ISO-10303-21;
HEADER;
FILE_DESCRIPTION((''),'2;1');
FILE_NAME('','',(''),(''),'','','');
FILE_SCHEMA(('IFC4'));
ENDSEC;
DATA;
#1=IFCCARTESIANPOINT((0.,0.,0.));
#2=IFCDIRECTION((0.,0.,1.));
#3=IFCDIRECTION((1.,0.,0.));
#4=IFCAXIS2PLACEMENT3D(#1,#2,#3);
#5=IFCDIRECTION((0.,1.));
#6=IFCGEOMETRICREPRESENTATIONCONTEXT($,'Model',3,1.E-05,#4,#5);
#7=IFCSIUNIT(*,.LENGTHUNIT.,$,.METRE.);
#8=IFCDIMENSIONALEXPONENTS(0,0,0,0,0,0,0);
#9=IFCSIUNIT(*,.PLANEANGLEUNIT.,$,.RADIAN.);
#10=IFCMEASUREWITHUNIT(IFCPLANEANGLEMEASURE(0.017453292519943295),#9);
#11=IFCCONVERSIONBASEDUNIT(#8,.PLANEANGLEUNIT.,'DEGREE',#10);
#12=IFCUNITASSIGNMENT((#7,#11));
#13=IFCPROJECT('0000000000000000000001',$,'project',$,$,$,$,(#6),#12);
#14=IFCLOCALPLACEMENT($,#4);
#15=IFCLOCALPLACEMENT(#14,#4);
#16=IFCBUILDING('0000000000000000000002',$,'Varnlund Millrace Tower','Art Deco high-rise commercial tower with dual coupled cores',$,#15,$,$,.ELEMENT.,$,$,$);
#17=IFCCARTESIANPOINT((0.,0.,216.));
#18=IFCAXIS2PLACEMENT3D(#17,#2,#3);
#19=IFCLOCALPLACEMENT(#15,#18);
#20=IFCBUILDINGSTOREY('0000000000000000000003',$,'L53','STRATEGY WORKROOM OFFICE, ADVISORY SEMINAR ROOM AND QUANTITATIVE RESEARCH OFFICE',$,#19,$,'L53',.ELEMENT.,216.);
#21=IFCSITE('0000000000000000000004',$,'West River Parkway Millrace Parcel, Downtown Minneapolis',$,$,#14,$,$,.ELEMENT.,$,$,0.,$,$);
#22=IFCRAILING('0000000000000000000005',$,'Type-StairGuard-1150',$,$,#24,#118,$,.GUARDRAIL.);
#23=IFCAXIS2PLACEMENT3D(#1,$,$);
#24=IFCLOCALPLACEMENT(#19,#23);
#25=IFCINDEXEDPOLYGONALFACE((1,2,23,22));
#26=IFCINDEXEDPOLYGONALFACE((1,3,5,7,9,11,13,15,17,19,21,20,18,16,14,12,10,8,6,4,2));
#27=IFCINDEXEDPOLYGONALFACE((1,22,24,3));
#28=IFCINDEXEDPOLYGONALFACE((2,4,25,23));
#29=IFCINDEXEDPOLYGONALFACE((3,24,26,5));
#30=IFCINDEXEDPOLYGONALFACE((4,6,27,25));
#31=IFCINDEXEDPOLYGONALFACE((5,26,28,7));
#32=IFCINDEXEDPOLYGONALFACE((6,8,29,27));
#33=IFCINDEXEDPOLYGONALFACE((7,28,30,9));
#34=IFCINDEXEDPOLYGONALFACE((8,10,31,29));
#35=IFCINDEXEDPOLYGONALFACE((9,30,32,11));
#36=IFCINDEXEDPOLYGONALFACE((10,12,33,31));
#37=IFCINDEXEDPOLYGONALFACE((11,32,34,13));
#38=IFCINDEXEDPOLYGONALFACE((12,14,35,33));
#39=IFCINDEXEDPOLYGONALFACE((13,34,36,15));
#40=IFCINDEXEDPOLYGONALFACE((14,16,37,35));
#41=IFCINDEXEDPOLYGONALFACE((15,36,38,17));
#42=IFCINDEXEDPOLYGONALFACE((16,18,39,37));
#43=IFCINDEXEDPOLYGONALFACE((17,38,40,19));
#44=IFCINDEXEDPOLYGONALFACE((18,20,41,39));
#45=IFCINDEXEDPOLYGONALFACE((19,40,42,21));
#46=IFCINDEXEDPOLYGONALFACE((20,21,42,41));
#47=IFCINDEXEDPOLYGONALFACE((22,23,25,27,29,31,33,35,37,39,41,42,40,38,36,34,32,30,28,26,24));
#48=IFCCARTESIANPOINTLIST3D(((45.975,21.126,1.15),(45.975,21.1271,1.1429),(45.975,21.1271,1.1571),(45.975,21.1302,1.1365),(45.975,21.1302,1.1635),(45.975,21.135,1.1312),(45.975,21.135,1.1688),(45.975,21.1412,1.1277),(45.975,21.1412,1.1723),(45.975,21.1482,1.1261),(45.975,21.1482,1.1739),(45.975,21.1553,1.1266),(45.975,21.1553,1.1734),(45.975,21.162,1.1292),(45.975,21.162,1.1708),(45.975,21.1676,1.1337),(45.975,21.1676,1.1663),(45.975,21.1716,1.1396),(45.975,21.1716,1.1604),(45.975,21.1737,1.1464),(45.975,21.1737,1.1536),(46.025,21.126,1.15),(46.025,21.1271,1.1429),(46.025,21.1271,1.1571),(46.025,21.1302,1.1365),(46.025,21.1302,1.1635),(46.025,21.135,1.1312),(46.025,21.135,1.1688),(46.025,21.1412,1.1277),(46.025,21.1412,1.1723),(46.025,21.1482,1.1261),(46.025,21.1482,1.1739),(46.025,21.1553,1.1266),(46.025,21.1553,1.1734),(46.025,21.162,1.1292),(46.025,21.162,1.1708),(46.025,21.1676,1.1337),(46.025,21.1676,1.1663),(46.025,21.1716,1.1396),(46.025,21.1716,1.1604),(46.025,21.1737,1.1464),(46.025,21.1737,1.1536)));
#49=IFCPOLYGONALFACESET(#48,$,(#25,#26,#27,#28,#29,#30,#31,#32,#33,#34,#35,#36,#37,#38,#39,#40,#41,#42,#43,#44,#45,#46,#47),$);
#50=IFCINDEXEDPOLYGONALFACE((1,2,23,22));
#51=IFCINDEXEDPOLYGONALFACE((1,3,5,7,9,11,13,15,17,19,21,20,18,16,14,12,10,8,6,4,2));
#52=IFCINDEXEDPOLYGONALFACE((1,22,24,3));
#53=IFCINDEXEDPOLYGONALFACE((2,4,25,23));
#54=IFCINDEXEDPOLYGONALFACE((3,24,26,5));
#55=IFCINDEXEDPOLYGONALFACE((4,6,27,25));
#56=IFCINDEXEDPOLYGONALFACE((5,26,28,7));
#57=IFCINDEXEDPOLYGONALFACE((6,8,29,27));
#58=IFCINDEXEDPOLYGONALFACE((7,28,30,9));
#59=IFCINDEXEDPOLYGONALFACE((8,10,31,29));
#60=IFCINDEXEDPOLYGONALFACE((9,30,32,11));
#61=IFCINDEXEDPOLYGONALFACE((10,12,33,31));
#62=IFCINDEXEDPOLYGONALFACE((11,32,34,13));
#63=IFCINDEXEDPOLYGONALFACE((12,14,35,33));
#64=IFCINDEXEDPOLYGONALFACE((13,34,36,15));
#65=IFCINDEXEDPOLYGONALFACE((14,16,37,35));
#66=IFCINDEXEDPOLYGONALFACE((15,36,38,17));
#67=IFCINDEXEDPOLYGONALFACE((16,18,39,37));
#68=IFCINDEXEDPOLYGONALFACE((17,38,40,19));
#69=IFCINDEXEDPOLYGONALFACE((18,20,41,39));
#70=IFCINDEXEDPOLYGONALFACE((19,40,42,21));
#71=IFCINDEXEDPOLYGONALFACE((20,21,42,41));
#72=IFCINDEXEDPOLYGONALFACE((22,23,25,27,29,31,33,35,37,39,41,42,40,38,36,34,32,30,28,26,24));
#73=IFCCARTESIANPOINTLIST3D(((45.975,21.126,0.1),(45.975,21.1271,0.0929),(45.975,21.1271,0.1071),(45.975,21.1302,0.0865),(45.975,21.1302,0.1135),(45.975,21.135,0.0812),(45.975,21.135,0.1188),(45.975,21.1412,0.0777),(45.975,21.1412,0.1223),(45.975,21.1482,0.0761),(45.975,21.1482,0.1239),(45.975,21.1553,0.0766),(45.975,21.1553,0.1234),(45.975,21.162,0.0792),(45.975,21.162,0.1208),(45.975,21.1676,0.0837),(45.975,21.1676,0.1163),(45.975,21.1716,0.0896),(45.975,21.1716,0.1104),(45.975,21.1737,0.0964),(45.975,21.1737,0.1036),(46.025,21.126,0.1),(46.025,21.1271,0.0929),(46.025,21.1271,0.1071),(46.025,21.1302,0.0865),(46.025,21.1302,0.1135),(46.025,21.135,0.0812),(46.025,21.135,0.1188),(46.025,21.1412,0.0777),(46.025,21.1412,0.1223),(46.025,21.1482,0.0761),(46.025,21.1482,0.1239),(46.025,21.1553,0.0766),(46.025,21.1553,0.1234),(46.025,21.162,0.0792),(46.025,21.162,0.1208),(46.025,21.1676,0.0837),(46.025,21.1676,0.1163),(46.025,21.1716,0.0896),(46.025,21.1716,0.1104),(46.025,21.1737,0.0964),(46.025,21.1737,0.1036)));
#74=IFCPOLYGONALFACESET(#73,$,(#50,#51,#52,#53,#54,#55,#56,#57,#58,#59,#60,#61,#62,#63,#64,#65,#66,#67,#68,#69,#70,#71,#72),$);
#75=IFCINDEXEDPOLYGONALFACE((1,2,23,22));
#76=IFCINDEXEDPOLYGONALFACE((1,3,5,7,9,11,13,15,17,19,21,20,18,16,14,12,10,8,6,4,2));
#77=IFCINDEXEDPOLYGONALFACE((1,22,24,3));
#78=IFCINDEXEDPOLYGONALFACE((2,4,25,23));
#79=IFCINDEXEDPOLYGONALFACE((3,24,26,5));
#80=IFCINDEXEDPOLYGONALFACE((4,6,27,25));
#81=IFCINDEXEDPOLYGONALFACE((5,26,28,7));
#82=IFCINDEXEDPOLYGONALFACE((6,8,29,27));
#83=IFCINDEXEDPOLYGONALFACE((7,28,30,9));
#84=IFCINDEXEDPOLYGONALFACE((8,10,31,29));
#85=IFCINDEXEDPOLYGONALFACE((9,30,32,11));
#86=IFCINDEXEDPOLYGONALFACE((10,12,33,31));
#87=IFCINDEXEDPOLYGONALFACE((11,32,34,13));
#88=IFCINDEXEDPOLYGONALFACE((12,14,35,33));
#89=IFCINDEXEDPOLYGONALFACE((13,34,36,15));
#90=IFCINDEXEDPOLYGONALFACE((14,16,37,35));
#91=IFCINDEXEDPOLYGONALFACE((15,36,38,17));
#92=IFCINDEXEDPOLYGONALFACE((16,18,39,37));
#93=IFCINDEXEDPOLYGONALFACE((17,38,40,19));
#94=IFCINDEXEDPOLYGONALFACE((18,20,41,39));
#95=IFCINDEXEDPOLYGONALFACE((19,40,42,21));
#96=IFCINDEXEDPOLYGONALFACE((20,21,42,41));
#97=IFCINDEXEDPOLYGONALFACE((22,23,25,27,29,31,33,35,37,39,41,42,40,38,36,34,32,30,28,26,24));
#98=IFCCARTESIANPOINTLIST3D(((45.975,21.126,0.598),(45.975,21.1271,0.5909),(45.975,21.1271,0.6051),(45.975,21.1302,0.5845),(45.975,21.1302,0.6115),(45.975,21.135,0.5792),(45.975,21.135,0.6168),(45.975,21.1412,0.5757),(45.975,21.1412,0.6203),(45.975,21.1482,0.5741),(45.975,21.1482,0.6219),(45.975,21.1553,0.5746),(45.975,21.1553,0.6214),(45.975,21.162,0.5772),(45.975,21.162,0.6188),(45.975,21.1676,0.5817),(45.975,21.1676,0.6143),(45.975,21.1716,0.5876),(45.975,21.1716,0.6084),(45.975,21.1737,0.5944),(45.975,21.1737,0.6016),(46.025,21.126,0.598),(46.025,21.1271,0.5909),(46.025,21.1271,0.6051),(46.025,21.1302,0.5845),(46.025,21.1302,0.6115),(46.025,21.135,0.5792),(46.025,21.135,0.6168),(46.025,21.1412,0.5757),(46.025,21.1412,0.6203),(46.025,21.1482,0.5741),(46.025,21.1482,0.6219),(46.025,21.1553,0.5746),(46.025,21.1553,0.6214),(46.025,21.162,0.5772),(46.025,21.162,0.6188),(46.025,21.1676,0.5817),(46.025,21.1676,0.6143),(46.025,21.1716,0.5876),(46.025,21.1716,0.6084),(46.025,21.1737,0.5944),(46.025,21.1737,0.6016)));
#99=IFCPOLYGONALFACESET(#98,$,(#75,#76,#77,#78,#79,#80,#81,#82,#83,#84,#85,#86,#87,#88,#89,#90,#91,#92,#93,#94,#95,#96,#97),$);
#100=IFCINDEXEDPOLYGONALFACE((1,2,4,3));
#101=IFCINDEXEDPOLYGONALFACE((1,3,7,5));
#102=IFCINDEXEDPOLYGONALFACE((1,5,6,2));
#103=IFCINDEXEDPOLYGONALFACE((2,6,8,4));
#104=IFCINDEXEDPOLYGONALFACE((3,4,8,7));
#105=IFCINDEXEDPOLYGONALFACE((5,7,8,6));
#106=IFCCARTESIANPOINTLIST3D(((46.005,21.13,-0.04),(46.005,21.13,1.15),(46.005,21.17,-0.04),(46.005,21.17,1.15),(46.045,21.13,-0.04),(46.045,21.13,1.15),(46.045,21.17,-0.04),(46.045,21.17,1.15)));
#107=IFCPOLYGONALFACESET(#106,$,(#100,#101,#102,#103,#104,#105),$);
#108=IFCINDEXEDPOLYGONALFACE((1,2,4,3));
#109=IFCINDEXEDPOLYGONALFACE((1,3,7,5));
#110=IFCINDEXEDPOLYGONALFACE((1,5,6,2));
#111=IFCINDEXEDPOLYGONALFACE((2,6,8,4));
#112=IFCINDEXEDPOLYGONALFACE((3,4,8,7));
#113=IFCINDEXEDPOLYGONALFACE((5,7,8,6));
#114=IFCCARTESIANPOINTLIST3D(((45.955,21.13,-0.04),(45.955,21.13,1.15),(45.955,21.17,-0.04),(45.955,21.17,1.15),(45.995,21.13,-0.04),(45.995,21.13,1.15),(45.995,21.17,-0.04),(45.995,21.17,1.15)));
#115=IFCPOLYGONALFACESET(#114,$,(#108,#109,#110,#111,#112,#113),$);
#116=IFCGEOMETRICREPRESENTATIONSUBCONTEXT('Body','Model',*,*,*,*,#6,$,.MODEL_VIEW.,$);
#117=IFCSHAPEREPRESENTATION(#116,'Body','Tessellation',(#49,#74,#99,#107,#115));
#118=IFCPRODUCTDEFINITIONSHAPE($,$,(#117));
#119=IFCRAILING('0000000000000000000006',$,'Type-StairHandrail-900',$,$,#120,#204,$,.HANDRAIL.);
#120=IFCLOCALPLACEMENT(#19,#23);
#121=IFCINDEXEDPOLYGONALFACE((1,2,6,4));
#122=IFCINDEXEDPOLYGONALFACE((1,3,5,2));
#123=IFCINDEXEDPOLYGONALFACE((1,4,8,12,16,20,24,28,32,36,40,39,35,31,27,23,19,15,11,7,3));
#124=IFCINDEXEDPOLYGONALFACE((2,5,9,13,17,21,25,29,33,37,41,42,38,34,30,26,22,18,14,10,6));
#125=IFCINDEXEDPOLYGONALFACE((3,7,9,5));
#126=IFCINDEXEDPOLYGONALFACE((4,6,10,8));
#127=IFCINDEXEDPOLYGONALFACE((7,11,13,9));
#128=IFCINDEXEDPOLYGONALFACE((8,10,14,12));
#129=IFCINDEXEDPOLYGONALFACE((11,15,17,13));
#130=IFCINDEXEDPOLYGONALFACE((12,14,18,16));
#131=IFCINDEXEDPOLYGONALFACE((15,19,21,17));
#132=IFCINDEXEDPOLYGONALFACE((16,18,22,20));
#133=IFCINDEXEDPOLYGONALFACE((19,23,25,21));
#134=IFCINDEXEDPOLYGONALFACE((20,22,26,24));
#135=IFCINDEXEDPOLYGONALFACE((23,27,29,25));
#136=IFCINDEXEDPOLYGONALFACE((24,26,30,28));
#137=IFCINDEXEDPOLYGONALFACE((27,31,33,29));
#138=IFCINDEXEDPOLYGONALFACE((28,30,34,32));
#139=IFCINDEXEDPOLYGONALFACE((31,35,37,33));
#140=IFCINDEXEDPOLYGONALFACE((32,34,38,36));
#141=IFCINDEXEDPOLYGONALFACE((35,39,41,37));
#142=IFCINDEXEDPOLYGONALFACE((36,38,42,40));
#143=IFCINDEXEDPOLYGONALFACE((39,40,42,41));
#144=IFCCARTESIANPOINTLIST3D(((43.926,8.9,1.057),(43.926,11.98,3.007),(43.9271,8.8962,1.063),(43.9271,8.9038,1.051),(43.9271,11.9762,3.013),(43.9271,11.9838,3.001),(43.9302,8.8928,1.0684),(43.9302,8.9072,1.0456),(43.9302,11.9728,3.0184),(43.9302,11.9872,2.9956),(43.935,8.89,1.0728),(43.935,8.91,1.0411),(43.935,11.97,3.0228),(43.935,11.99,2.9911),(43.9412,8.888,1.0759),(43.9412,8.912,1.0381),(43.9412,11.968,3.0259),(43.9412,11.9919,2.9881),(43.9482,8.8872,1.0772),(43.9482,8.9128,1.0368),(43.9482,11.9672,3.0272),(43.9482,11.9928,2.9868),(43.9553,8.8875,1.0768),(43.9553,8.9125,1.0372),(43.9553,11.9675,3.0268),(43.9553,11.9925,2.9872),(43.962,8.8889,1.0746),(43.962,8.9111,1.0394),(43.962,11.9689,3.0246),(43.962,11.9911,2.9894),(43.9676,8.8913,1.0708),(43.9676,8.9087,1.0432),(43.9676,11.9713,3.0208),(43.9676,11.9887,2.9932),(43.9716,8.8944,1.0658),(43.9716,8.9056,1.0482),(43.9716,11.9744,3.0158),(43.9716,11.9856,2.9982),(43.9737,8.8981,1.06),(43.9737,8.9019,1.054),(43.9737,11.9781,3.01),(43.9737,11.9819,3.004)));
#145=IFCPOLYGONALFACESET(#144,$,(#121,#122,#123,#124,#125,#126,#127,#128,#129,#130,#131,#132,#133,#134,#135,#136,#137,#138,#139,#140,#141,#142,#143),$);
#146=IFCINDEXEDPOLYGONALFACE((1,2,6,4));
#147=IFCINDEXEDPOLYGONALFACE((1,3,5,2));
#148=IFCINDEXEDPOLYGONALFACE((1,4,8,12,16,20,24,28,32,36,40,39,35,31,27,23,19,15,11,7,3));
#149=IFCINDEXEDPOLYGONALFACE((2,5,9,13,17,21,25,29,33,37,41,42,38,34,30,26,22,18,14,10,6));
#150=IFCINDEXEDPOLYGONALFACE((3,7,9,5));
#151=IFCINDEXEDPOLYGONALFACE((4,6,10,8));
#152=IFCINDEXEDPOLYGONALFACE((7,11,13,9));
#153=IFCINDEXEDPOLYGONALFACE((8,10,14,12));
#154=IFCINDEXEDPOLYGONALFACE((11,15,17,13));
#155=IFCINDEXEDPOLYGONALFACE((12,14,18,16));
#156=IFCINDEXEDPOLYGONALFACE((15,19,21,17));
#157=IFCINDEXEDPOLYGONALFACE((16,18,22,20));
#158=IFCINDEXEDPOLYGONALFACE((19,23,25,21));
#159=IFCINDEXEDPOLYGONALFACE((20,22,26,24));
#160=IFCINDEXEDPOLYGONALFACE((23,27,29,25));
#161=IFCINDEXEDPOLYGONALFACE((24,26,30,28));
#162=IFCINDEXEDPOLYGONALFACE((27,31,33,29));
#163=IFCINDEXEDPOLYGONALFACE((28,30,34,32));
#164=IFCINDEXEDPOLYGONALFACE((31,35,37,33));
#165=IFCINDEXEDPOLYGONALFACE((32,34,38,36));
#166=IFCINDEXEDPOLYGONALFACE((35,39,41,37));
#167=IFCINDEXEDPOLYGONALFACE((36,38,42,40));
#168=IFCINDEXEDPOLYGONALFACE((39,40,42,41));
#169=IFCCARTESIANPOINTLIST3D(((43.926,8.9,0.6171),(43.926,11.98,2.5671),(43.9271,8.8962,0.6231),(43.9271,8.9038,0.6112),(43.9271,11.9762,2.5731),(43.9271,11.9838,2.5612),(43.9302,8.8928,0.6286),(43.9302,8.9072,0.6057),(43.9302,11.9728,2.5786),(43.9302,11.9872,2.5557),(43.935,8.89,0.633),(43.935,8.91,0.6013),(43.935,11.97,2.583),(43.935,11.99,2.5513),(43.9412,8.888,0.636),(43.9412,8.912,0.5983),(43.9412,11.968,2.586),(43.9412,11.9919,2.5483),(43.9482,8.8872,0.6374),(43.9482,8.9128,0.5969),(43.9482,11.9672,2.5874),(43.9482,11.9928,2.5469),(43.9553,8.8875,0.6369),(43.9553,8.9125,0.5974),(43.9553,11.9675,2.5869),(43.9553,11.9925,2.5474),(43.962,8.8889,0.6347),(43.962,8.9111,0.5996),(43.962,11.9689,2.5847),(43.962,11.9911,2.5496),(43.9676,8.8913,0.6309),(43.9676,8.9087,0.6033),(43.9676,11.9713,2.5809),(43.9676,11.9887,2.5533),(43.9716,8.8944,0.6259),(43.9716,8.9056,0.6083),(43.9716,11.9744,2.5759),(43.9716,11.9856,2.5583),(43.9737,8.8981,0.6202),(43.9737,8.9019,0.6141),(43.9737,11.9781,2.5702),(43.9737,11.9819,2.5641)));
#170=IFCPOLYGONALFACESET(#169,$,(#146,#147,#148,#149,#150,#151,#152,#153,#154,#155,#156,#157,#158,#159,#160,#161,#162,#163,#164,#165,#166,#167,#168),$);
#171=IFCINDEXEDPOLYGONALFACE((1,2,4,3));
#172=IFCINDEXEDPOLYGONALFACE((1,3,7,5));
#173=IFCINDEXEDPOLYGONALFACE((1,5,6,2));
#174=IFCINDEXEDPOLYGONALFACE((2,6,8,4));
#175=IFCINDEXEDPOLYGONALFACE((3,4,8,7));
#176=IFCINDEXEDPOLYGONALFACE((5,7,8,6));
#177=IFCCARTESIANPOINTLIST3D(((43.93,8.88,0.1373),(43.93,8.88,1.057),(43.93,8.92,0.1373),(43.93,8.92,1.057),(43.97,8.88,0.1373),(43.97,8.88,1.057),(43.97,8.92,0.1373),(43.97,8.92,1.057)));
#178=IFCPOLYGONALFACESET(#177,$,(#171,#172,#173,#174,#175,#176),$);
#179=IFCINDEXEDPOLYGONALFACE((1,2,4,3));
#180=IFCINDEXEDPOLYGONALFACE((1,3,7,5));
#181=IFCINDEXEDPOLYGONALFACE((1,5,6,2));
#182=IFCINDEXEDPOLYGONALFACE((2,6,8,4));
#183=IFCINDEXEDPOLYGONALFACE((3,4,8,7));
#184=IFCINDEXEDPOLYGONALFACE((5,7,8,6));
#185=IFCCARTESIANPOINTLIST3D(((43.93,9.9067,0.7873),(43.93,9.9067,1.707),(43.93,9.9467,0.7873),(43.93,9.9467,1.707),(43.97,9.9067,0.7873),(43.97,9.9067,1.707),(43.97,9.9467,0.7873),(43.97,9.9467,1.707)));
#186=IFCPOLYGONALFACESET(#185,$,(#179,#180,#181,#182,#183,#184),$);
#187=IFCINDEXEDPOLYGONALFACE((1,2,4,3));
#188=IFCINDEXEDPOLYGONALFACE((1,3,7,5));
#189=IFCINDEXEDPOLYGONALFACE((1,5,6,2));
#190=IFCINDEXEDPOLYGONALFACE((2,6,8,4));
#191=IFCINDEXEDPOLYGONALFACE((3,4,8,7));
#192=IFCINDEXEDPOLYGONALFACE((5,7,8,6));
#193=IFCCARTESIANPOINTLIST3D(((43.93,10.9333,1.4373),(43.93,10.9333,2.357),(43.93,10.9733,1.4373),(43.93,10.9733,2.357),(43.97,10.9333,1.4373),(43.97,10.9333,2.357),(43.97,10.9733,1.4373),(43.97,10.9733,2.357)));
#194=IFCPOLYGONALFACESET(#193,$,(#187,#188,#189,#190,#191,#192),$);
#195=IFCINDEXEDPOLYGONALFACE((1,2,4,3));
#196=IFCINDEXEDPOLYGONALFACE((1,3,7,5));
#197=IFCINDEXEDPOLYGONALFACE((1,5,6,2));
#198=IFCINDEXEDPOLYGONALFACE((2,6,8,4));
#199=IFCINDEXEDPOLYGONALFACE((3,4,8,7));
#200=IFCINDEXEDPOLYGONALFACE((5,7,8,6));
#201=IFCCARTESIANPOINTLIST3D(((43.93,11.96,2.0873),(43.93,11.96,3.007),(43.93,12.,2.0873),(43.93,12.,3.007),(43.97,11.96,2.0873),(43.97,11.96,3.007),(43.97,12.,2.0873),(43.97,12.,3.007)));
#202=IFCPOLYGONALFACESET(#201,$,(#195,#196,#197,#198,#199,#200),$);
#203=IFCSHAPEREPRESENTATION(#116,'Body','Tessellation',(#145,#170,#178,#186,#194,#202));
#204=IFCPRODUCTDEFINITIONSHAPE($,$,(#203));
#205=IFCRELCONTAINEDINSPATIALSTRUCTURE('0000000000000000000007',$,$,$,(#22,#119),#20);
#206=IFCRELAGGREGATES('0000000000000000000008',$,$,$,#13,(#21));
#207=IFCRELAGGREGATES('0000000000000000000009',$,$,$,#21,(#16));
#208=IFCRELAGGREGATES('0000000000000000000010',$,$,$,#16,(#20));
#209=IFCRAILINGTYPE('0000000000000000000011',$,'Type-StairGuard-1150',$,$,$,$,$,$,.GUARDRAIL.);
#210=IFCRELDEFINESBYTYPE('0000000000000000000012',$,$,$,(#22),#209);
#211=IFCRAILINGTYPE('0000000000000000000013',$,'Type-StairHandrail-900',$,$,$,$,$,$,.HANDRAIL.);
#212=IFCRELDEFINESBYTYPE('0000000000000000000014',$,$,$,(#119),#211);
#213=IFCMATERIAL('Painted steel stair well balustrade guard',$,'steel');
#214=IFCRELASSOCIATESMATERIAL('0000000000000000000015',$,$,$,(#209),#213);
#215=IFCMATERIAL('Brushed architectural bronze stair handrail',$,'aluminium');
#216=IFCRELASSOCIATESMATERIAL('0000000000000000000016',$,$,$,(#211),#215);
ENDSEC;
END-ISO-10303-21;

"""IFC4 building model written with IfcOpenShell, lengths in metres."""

from ifc_helpers import new_model, entity, si_unit, converted_unit, direction, frame, origin_with_axes, origin_2d_with_axis, place, context, subcontext, project, spatial, rectangle, circle, extrude, material, type_object, element, save


model = new_model("IFC4")

# Units and contexts
model_context = context("Model", 3, precision=1e-05, world=origin_with_axes(), true_north=direction((0.0, 1.0)))
body_context = subcontext(model_context, "Body", "Model", "MODEL_VIEW")
ifc_project = project(units=[si_unit("LENGTHUNIT", "METRE"), converted_unit("PLANEANGLEUNIT", "DEGREE", entity("IfcPlaneAngleMeasure", 0.017453292519943295), si_unit("PLANEANGLEUNIT", "RADIAN"), dimensions=[0, 0, 0, 0, 0, 0, 0])], contexts=[model_context])

# Site, building, storey
site_placement = place(None, origin_with_axes())
site = spatial("IfcSite", under=ifc_project, at=site_placement, Name="West River Parkway Millrace Parcel, Downtown Minneapolis", CompositionType="ELEMENT", RefElevation=0.0)
building_placement = place(site_placement, origin_with_axes())
building = spatial("IfcBuilding", under=site, at=building_placement, Name="Varnlund Millrace Tower", Description="Art Deco high-rise commercial tower with dual coupled cores", CompositionType="ELEMENT")
storey_placement = place(building_placement, frame((0.0, 0.0, 216.0), z_axis=(0.0, 0.0, 1.0), x_axis=(1.0, 0.0, 0.0)))
storey = spatial("IfcBuildingStorey", under=building, at=storey_placement, Name="L53", Description="STRATEGY WORKROOM OFFICE, ADVISORY SEMINAR ROOM AND QUANTITATIVE RESEARCH OFFICE", LongName="L53", CompositionType="ELEMENT", Elevation=216.0)

# Railings
ifc_material_1 = material(Name="Painted steel stair well balustrade guard", Category="steel")
railing_type_1 = type_object("IfcRailingType", Name="Type-StairGuard-1150", PredefinedType="GUARDRAIL", material=ifc_material_1)
railing_1_placement = place(storey_placement, frame((0.0, 0.0, -216.0), z_axis=(0.0, 0.0, 1.0), x_axis=(1.0, 0.0, 0.0)))
element("IfcRailing", 1, at=railing_1_placement, inside=storey, type_object=railing_type_1, Name="Type-StairGuard-1150", PredefinedType="GUARDRAIL", context=body_context, shape_type="SweptSolid", body=[
    extrude(circle(Radius=0.024, at=origin_2d_with_axis()), frame((46.025, 21.15, 217.15), z_axis=(-1.0, 0.0, 0.0), x_axis=(0.0, -1.0, 0.0)), (0.0, 0.0, 1.0), 0.05),
    extrude(circle(Radius=0.024, at=origin_2d_with_axis()), frame((46.025, 21.15, 216.1), z_axis=(-1.0, 0.0, 0.0), x_axis=(0.0, -1.0, 0.0)), (0.0, 0.0, 1.0), 0.05),
    extrude(circle(Radius=0.024, at=origin_2d_with_axis()), frame((46.025, 21.15, 216.598), z_axis=(-1.0, 0.0, 0.0), x_axis=(0.0, -1.0, 0.0)), (0.0, 0.0, 1.0), 0.05),
    extrude(rectangle(XDim=0.04, YDim=0.04, at=origin_2d_with_axis()), frame((46.025, 21.15, 215.96), z_axis=(0.0, 0.0, 1.0), x_axis=(1.0, 0.0, 0.0)), (0.0, 0.0, 1.0), 1.19),
    extrude(rectangle(XDim=0.04, YDim=0.04, at=origin_2d_with_axis()), frame((45.975, 21.15, 215.96), z_axis=(0.0, 0.0, 1.0), x_axis=(1.0, 0.0, 0.0)), (0.0, 0.0, 1.0), 1.19),
])
ifc_material_2 = material(Name="Brushed architectural bronze stair handrail", Category="aluminium")
railing_type_2 = type_object("IfcRailingType", Name="Type-StairHandrail-900", PredefinedType="HANDRAIL", material=ifc_material_2)
railing_2_placement = place(storey_placement, frame((0.0, 0.0, -216.0), z_axis=(0.0, 0.0, 1.0), x_axis=(1.0, 0.0, 0.0)))
element("IfcRailing", 2, at=railing_2_placement, inside=storey, type_object=railing_type_2, Name="Type-StairHandrail-900", PredefinedType="HANDRAIL", context=body_context, shape_type="SweptSolid", body=[
    extrude(circle(Radius=0.024, at=origin_2d_with_axis()), frame((43.95, 8.9, 217.057), z_axis=(0.0, 0.844902, 0.534922), x_axis=(-1.0, 0.0, 0.0)), (0.0, 0.0, 1.0), 3.6454),
    extrude(circle(Radius=0.024, at=origin_2d_with_axis()), frame((43.95, 8.9, 216.6171), z_axis=(0.0, 0.844902, 0.534922), x_axis=(-1.0, 0.0, 0.0)), (0.0, 0.0, 1.0), 3.6454),
    extrude(rectangle(XDim=0.04, YDim=0.04, at=origin_2d_with_axis()), frame((43.95, 8.9, 216.1373), z_axis=(0.0, 0.0, 1.0), x_axis=(1.0, 0.0, 0.0)), (0.0, 0.0, 1.0), 0.9197),
    extrude(rectangle(XDim=0.04, YDim=0.04, at=origin_2d_with_axis()), frame((43.95, 9.9267, 216.7873), z_axis=(0.0, 0.0, 1.0), x_axis=(1.0, 0.0, 0.0)), (0.0, 0.0, 1.0), 0.9197),
    extrude(rectangle(XDim=0.04, YDim=0.04, at=origin_2d_with_axis()), frame((43.95, 10.9533, 217.4373), z_axis=(0.0, 0.0, 1.0), x_axis=(1.0, 0.0, 0.0)), (0.0, 0.0, 1.0), 0.9197),
    extrude(rectangle(XDim=0.04, YDim=0.04, at=origin_2d_with_axis()), frame((43.95, 11.98, 218.0873), z_axis=(0.0, 0.0, 1.0), x_axis=(1.0, 0.0, 0.0)), (0.0, 0.0, 1.0), 0.9197),
])

save(model, "model.ifc")
